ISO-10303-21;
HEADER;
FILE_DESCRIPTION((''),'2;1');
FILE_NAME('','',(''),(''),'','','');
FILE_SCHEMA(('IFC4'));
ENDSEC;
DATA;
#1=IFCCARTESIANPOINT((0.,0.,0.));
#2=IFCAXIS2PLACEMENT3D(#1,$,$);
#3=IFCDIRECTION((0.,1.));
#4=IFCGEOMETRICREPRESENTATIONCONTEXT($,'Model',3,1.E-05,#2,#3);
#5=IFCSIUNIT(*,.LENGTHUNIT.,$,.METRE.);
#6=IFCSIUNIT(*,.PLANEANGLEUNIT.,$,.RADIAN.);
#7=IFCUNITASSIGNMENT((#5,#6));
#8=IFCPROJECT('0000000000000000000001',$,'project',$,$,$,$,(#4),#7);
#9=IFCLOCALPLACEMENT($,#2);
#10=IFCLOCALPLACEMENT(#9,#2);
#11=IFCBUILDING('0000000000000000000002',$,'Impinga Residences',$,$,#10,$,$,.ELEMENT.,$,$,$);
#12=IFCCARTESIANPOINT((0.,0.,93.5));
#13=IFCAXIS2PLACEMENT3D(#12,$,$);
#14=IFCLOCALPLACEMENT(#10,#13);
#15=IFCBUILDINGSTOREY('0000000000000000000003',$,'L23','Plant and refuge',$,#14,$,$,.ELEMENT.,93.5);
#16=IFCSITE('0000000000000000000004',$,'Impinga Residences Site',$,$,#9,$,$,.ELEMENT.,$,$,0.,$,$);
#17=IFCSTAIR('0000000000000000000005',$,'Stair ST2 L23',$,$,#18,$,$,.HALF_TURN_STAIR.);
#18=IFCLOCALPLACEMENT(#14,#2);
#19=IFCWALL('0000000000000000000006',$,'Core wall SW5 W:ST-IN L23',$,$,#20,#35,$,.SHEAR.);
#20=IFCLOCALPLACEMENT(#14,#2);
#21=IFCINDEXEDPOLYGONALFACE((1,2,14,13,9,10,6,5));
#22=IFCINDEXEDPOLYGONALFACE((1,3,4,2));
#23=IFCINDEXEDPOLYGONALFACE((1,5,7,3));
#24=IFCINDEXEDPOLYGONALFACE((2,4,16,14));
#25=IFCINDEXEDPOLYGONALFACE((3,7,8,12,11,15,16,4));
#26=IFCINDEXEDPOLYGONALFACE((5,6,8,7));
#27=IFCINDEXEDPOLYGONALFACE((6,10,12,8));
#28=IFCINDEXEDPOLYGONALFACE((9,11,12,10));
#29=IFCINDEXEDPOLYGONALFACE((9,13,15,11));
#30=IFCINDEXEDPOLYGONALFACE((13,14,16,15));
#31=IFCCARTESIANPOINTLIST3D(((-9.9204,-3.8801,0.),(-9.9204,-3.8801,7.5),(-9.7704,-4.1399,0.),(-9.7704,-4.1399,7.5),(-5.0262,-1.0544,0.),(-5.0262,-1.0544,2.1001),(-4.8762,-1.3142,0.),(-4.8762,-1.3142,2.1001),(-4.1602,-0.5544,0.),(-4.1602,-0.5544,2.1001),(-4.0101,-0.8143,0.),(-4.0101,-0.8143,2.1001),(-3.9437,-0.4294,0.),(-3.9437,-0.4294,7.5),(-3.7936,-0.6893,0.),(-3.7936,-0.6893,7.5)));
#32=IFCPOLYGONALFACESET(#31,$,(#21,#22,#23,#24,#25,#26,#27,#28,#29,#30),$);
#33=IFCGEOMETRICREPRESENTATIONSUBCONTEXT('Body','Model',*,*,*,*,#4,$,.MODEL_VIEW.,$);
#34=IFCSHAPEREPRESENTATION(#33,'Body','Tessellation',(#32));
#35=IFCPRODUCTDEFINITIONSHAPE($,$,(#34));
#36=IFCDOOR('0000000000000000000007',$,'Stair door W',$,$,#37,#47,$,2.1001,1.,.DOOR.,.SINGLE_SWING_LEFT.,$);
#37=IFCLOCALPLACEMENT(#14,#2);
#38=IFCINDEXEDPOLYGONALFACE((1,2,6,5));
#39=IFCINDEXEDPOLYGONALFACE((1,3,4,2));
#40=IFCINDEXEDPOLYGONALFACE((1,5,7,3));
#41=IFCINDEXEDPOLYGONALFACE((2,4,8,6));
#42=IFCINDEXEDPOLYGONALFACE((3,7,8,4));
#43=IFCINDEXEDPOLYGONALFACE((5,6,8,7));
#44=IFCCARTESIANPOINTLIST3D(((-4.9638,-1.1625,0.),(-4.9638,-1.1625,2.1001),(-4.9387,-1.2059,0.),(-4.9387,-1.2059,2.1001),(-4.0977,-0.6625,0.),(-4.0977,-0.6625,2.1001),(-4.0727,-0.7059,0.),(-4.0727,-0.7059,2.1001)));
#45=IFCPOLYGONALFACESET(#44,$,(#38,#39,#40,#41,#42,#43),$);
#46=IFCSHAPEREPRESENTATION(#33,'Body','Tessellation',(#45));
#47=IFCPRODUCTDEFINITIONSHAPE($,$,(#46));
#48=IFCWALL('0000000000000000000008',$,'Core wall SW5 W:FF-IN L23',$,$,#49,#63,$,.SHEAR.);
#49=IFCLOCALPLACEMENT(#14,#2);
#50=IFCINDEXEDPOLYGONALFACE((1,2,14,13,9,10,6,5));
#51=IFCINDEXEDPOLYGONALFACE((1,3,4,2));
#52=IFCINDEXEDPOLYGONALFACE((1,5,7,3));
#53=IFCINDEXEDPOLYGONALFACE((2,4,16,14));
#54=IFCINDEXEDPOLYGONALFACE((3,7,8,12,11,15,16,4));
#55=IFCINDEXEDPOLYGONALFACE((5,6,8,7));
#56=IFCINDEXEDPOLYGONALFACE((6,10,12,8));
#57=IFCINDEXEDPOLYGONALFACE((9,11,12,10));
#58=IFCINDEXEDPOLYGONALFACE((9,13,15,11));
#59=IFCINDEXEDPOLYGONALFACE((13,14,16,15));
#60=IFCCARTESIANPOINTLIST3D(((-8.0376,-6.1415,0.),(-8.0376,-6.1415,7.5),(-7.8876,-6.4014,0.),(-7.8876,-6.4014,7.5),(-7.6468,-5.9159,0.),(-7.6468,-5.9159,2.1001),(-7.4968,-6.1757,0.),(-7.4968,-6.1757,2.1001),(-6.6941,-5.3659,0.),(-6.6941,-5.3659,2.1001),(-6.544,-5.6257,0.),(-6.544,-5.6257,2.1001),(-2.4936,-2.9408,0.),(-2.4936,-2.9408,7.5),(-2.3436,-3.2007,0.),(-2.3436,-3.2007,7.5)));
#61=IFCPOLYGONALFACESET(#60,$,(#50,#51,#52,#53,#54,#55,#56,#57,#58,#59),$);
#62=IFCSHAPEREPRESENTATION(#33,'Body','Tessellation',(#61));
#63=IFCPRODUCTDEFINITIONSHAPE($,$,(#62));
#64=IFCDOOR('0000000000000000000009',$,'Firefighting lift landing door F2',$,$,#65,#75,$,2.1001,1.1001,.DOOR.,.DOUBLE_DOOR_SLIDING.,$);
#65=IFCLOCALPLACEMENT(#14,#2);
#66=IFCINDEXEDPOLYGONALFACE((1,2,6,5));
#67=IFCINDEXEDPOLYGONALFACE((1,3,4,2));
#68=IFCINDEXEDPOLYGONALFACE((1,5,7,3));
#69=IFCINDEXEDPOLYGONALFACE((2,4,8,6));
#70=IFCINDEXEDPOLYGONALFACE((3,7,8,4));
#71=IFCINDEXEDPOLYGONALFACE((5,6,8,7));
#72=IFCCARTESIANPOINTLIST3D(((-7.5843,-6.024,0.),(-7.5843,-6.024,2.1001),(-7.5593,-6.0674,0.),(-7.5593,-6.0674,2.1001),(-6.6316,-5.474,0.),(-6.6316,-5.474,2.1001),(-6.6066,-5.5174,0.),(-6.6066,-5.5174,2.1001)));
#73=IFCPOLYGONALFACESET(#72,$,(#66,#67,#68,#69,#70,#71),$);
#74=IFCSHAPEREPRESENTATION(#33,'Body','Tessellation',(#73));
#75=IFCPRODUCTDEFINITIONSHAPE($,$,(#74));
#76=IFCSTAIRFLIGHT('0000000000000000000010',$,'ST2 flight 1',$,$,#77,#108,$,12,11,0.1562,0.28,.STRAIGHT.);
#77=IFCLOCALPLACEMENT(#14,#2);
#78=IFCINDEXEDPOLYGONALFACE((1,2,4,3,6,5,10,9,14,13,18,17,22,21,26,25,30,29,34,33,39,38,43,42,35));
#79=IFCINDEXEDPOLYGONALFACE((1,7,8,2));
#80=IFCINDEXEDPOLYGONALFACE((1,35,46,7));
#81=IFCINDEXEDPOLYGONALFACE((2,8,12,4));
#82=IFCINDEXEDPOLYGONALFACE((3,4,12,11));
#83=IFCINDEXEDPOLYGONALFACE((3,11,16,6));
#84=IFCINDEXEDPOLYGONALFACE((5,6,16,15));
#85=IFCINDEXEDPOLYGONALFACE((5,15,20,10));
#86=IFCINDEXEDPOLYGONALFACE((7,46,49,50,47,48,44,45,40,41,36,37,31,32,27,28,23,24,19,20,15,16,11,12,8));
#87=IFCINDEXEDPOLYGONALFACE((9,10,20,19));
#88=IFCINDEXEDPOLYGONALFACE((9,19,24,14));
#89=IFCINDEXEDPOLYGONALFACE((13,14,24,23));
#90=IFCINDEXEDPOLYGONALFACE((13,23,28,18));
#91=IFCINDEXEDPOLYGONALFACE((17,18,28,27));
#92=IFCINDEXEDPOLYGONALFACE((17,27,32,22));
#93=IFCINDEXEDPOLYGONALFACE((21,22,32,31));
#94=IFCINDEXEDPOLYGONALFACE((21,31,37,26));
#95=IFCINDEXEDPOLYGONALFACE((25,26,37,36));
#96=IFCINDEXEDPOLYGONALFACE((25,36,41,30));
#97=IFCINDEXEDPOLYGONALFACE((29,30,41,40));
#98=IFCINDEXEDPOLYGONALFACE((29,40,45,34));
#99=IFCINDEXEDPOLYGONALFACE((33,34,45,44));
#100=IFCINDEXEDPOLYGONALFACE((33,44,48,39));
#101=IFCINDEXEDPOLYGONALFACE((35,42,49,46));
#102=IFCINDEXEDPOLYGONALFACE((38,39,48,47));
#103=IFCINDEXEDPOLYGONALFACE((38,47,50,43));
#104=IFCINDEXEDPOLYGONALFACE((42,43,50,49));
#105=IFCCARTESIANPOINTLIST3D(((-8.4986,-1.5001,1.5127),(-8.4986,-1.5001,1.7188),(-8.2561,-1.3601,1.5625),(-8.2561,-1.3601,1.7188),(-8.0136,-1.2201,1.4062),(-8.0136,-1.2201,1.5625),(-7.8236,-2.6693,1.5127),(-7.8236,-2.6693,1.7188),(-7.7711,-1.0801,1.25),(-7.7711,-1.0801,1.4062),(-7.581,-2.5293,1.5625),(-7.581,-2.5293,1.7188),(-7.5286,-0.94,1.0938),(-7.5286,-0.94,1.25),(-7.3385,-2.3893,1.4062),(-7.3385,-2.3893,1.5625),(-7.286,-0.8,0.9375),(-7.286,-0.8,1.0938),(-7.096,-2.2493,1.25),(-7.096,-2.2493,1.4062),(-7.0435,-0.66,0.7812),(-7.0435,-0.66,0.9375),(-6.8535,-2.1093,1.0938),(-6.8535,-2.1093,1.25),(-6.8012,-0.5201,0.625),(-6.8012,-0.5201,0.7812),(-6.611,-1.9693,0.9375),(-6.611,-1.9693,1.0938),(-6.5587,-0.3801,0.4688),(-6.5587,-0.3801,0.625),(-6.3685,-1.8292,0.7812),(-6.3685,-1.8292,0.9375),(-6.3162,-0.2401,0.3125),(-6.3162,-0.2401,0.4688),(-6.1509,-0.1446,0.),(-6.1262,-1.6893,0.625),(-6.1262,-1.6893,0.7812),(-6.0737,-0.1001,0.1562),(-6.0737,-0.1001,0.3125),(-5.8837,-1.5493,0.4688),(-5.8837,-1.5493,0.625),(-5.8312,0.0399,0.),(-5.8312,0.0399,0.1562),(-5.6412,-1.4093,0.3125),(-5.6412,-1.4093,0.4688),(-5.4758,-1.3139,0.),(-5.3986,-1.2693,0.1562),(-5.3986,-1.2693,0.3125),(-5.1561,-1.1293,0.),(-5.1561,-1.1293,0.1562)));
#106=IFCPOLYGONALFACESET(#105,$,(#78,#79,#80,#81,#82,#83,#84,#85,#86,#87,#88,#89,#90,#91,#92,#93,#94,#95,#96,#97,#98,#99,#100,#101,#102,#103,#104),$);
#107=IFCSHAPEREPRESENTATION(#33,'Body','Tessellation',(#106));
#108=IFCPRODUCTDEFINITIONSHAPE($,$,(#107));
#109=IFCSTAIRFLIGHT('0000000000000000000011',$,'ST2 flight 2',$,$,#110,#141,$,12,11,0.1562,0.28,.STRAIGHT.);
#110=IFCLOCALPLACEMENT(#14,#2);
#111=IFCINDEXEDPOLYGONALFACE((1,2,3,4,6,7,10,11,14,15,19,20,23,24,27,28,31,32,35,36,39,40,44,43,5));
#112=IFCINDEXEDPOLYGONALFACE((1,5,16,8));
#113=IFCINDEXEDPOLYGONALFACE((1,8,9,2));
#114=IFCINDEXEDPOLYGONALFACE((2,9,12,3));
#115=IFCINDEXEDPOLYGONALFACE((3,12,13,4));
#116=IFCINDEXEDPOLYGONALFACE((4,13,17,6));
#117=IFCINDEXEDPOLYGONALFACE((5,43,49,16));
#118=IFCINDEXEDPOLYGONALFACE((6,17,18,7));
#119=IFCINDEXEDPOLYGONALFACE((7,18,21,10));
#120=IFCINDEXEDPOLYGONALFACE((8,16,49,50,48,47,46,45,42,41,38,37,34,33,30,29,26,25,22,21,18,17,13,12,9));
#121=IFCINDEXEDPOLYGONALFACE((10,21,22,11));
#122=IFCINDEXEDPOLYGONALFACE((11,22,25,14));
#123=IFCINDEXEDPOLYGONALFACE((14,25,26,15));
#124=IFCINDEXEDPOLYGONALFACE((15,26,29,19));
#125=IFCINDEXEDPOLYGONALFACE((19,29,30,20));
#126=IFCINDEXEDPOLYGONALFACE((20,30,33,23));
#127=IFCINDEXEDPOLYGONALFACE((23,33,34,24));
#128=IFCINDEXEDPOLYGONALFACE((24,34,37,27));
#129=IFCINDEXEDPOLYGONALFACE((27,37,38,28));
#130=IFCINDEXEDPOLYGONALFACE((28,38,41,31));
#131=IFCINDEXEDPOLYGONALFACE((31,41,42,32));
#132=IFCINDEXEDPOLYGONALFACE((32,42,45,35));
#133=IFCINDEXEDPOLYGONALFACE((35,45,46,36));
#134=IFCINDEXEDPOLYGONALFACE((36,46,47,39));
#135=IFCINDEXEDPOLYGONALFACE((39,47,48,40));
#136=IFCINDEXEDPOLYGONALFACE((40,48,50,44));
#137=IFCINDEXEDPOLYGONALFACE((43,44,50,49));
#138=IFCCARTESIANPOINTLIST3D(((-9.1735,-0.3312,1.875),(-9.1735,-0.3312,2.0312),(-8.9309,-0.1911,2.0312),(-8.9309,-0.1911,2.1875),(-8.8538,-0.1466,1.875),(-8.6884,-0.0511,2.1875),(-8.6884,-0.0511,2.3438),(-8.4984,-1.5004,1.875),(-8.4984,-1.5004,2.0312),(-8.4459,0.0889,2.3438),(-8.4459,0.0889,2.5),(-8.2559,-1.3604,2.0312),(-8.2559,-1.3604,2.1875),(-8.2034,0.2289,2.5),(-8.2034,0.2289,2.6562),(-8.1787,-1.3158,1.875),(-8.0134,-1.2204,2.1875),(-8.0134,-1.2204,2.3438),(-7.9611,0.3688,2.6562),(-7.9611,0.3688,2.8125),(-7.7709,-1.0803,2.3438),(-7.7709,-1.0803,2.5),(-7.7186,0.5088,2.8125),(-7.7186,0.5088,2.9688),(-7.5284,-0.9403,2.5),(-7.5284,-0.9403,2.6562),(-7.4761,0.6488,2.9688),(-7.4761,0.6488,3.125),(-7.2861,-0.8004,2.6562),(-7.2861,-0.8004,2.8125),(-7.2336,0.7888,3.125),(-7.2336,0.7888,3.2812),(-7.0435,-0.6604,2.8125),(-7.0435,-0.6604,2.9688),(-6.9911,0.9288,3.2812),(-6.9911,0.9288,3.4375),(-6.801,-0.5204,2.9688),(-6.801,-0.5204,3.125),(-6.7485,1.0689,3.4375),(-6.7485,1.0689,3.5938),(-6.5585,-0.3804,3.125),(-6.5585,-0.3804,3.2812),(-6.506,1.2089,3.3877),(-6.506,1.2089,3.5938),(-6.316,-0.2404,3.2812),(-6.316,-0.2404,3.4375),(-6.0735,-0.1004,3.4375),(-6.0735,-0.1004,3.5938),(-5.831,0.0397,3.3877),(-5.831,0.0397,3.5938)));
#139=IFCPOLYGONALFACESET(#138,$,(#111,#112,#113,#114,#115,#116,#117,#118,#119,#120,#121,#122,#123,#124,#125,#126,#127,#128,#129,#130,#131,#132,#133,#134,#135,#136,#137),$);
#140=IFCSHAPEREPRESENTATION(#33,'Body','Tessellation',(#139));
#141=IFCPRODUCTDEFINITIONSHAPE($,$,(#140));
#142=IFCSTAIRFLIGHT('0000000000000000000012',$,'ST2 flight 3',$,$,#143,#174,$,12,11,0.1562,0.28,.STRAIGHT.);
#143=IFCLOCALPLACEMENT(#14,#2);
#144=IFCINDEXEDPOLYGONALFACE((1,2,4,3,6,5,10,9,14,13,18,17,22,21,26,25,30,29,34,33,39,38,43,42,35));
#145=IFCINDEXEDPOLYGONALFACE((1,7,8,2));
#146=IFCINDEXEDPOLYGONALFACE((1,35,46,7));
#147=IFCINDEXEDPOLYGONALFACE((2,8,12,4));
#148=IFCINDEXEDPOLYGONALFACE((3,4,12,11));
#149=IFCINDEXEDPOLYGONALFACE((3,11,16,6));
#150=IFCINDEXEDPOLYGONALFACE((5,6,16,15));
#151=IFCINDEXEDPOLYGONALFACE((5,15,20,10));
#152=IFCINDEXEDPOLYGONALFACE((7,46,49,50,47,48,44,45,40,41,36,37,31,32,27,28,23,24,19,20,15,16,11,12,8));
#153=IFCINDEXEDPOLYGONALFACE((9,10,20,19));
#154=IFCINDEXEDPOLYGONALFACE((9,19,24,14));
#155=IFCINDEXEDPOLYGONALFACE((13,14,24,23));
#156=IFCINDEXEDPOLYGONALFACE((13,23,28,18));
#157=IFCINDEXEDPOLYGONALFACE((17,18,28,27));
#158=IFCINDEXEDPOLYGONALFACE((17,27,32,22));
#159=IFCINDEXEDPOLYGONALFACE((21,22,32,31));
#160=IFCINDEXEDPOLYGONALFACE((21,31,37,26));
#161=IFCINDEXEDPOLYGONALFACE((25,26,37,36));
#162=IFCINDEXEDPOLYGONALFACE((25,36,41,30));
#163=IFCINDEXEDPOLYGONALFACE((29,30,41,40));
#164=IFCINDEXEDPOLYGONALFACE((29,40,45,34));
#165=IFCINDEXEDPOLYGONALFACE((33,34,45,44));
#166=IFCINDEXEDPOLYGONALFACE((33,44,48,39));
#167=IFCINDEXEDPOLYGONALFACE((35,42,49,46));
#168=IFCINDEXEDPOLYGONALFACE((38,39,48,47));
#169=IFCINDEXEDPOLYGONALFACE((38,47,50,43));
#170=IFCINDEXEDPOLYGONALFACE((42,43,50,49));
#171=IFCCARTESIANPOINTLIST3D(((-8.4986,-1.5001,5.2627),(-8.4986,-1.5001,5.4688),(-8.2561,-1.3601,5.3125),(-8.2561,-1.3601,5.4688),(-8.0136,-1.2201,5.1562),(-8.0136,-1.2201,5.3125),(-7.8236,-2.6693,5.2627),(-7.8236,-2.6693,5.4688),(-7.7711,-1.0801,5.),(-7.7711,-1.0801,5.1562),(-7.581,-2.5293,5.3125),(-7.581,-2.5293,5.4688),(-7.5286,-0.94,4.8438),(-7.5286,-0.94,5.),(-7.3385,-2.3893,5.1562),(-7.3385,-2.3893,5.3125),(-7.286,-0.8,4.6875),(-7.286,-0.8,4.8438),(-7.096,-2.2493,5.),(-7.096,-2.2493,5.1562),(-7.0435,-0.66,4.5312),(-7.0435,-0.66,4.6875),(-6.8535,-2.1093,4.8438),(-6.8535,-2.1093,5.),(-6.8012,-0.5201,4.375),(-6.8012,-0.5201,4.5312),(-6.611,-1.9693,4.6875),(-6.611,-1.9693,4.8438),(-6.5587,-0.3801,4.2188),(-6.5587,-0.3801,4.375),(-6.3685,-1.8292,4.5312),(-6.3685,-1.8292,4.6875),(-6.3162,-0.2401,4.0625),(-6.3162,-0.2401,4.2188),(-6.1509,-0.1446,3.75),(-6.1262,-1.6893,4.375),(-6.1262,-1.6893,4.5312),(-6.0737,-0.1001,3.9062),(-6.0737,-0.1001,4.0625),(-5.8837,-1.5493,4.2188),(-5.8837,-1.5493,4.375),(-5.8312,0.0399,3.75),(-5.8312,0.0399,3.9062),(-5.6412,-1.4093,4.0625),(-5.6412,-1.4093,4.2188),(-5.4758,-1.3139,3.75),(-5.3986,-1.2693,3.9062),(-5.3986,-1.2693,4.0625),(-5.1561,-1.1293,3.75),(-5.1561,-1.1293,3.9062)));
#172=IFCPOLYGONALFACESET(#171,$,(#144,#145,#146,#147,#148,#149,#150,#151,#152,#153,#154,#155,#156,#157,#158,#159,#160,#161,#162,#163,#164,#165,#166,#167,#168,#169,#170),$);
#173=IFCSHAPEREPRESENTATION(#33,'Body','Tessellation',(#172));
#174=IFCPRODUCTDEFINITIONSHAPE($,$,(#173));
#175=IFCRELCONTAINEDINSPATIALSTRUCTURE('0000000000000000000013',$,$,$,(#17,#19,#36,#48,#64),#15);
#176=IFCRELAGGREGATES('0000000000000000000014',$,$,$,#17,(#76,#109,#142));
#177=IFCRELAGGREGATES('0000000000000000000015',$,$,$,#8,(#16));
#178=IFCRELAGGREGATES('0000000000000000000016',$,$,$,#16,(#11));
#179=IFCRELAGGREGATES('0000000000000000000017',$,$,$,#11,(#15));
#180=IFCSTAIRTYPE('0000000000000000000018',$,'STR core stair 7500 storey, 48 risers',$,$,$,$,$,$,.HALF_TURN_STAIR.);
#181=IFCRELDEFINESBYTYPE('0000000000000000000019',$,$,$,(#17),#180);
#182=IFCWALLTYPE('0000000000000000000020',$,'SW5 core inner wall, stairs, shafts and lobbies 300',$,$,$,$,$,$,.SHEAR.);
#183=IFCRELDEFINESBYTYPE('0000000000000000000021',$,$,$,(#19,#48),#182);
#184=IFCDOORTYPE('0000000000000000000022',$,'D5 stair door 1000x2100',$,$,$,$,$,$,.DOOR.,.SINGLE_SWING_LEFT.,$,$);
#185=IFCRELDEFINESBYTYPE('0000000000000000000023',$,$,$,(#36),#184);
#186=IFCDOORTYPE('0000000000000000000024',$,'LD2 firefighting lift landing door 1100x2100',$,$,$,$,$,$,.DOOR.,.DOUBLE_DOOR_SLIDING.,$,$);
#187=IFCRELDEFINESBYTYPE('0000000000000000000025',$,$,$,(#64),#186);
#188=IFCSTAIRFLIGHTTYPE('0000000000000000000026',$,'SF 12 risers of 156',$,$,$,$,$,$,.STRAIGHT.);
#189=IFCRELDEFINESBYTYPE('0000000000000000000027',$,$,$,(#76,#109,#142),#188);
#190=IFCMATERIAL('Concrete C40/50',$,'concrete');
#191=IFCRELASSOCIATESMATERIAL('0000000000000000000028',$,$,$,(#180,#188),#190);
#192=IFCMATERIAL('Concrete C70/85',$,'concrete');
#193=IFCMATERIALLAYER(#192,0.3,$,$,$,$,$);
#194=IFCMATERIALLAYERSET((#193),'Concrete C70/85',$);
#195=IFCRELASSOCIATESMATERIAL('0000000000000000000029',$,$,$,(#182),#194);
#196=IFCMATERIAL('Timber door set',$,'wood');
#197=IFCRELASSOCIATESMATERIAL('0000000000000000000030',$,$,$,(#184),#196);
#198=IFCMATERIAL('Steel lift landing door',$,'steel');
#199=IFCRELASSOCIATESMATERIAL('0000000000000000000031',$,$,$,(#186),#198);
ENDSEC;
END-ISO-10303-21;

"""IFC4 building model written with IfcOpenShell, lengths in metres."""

from ifc_helpers import new_model, si_unit, direction, frame, frame_2d, origin, place, context, subcontext, project, spatial, polyline, rectangle, outline, extrude, material, layer, layer_set, type_object, element, fill, aggregate, save


model = new_model("IFC4")

# Units and contexts
model_context = context("Model", 3, precision=1e-05, world=origin(), true_north=direction((0.0, 1.0)))
body_context = subcontext(model_context, "Body", "Model", "MODEL_VIEW")
ifc_project = project(units=[si_unit("LENGTHUNIT", "METRE"), si_unit("PLANEANGLEUNIT", "RADIAN")], contexts=[model_context])

# Site, building, storey
site_placement = place(None, origin())
site = spatial("IfcSite", under=ifc_project, at=site_placement, Name="Impinga Residences Site", CompositionType="ELEMENT", RefElevation=0.0)
building_placement = place(site_placement, origin())
building = spatial("IfcBuilding", under=site, at=building_placement, Name="Impinga Residences", CompositionType="ELEMENT")
storey_placement = place(building_placement, frame((0.0, 0.0, 93.5)))
storey = spatial("IfcBuildingStorey", under=building, at=storey_placement, Name="L23", Description="Plant and refuge", CompositionType="ELEMENT", Elevation=93.5)

# Stair
ifc_material_1 = material(Name="Concrete C40/50", Category="concrete")
stair_type = type_object("IfcStairType", Name="STR core stair 7500 storey, 48 risers", PredefinedType="HALF_TURN_STAIR", material=ifc_material_1)
stair_1_placement = place(storey_placement, origin())
stair_1 = element("IfcStair", 1, at=stair_1_placement, inside=storey, type_object=stair_type, Name="Stair ST2 L23", PredefinedType="HALF_TURN_STAIR")

# Walls, openings, doors
ifc_material_2 = material(Name="Concrete C70/85", Category="concrete")
ifc_layer_1 = layer(ifc_material_2, 0.3)
ifc_layer_set_1 = layer_set([ifc_layer_1], Name="Concrete C70/85")
wall_type_1 = type_object("IfcWallType", Name="SW5 core inner wall, stairs, shafts and lobbies 300", PredefinedType="SHEAR", material=ifc_layer_set_1)
wall_1_placement = place(storey_placement, frame((-3.8687, -0.5593, 0.0), z_axis=(0.0, 0.0, 1.0), x_axis=(-0.866027, -0.499997, 0.0)))
wall_1 = element("IfcWall", 2, at=wall_1_placement, inside=storey, type_object=wall_type_1, Name="Core wall SW5 W:ST-IN L23", PredefinedType="SHEAR", context=body_context, shape_type="SweptSolid", body=[
    extrude(rectangle(XDim=6.9014, YDim=0.3, at=frame_2d((3.4507, 0.0))), origin(), (0.0, 0.0, 1.0), 7.5),
])
opening_1_placement = place(wall_1_placement, frame((0.25, 0.0, 0.0)))
opening_1 = element("IfcOpeningElement", 3, at=opening_1_placement, cuts=wall_1, PredefinedType="OPENING", context=body_context, shape_type="SweptSolid", body=[
    extrude(rectangle(XDim=1.0, YDim=2.1001, at=frame_2d((0.5, 1.05))), frame((0.0, 0.1599, 0.0), z_axis=(0.0, -1.0, 0.0), x_axis=(1.0, 0.0, 0.0)), (0.0, 0.0, 1.0), 0.3201),
])
ifc_material_3 = material(Name="Timber door set", Category="wood")
door_type_1 = type_object("IfcDoorType", Name="D5 stair door 1000x2100", OperationType="SINGLE_SWING_LEFT", PredefinedType="DOOR", material=ifc_material_3)
door_1_placement = place(opening_1_placement, origin())
door_1 = element("IfcDoor", 4, at=door_1_placement, inside=storey, type_object=door_type_1, Name="Stair door W", OperationType="SINGLE_SWING_LEFT", OverallHeight=2.1001, OverallWidth=1.0, PredefinedType="DOOR", context=body_context, shape_type="SweptSolid", body=[
    extrude(rectangle(XDim=1.0, YDim=2.1001, at=frame_2d((0.5, 1.05))), frame((0.0, 0.0249, 0.0), z_axis=(0.0, -1.0, 0.0), x_axis=(1.0, 0.0, 0.0)), (0.0, 0.0, 1.0), 0.05),
])
fill(opening_1, door_1)
wall_2_placement = place(storey_placement, frame((-2.4187, -3.0708, 0.0), z_axis=(0.0, 0.0, 1.0), x_axis=(-0.866033, -0.499987, 0.0)))
wall_2 = element("IfcWall", 5, at=wall_2_placement, inside=storey, type_object=wall_type_1, Name="Core wall SW5 W:FF-IN L23", PredefinedType="SHEAR", context=body_context, shape_type="SweptSolid", body=[
    extrude(rectangle(XDim=6.4016, YDim=0.3, at=frame_2d((3.2007, 0.0))), origin(), (0.0, 0.0, 1.0), 7.5),
])
opening_2_placement = place(wall_2_placement, frame((4.8501, 0.0, 0.0)))
opening_2 = element("IfcOpeningElement", 6, at=opening_2_placement, cuts=wall_2, PredefinedType="OPENING", context=body_context, shape_type="SweptSolid", body=[
    extrude(rectangle(XDim=1.1001, YDim=2.1001, at=frame_2d((0.55, 1.05))), frame((0.0, 0.1599, 0.0), z_axis=(0.0, -1.0, 0.0), x_axis=(1.0, 0.0, 0.0)), (0.0, 0.0, 1.0), 0.3201),
])
ifc_material_4 = material(Name="Steel lift landing door", Category="steel")
door_type_2 = type_object("IfcDoorType", Name="LD2 firefighting lift landing door 1100x2100", OperationType="DOUBLE_DOOR_SLIDING", PredefinedType="DOOR", material=ifc_material_4)
door_2_placement = place(opening_2_placement, origin())
door_2 = element("IfcDoor", 7, at=door_2_placement, inside=storey, type_object=door_type_2, Name="Firefighting lift landing door F2", OperationType="DOUBLE_DOOR_SLIDING", OverallHeight=2.1001, OverallWidth=1.1001, PredefinedType="DOOR", context=body_context, shape_type="SweptSolid", body=[
    extrude(rectangle(XDim=1.1001, YDim=2.1001, at=frame_2d((0.55, 1.05))), frame((0.0, 0.0249, 0.0), z_axis=(0.0, -1.0, 0.0), x_axis=(1.0, 0.0, 0.0)), (0.0, 0.0, 1.0), 0.05),
])
fill(opening_2, door_2)

# Stair flights
stair_flight_type = type_object("IfcStairFlightType", Name="SF 12 risers of 156", PredefinedType="STRAIGHT", material=ifc_material_1)
stair_flight_1_placement = place(storey_placement, frame((-5.4937, -0.5447, 0.0), z_axis=(0.0, 0.0, 1.0), x_axis=(-0.866025, -0.5, 0.0)))
stair_flight_1 = element("IfcStairFlight", 8, at=stair_flight_1_placement, type_object=stair_flight_type, Name="ST2 flight 1", NumberOfRisers=12, NumberOfTreads=11, PredefinedType="STRAIGHT", RiserHeight=0.1562, TreadLength=0.28, context=body_context, shape_type="SweptSolid", body=[
    extrude(outline(polyline([(0.0, 0.0), (0.0, 0.1562), (0.28, 0.1562), (0.28, 0.3125), (0.5601, 0.3125), (0.5601, 0.4688), (0.8401, 0.4688), (0.8401, 0.625), (1.1201, 0.625), (1.1201, 0.7812), (1.3999, 0.7812), (1.3999, 0.9375), (1.6799, 0.9375), (1.6799, 1.0938), (1.96, 1.0938), (1.96, 1.25), (2.24, 1.25), (2.24, 1.4062), (2.52, 1.4062), (2.52, 1.5625), (2.8, 1.5625), (2.8, 1.7188), (3.0801, 1.7188), (3.0801, 1.875), (3.0801, 1.5127), (0.3691, 0.0), (0.0, 0.0)])), frame((0.0, 0.675, 0.0), z_axis=(0.0, -1.0, 0.0), x_axis=(1.0, 0.0, 0.0)), (0.0, 0.0, 1.0), 1.3501),
])
stair_flight_2_placement = place(storey_placement, frame((-8.8359, -0.9158, 1.875), z_axis=(0.0, 0.0, 1.0), x_axis=(0.866025, 0.5, 0.0)))
stair_flight_2 = element("IfcStairFlight", 9, at=stair_flight_2_placement, type_object=stair_flight_type, Name="ST2 flight 2", NumberOfRisers=12, NumberOfTreads=11, PredefinedType="STRAIGHT", RiserHeight=0.1562, TreadLength=0.28, context=body_context, shape_type="SweptSolid", body=[
    extrude(outline(polyline([(0.0, 0.0), (0.0, 0.1562), (0.28, 0.1562), (0.28, 0.3125), (0.5601, 0.3125), (0.5601, 0.4688), (0.8401, 0.4688), (0.8401, 0.625), (1.1201, 0.625), (1.1201, 0.7812), (1.3999, 0.7812), (1.3999, 0.9375), (1.6799, 0.9375), (1.6799, 1.0938), (1.96, 1.0938), (1.96, 1.25), (2.24, 1.25), (2.24, 1.4062), (2.52, 1.4062), (2.52, 1.5625), (2.8, 1.5625), (2.8, 1.7188), (3.0801, 1.7188), (3.0801, 1.875), (3.0801, 1.5127), (0.3691, 0.0), (0.0, 0.0)])), frame((0.0, 0.675, 0.0), z_axis=(0.0, -1.0, 0.0), x_axis=(1.0, 0.0, 0.0)), (0.0, 0.0, 1.0), 1.3501),
])
stair_flight_3_placement = place(storey_placement, frame((-5.4937, -0.5447, 3.75), z_axis=(0.0, 0.0, 1.0), x_axis=(-0.866025, -0.5, 0.0)))
stair_flight_3 = element("IfcStairFlight", 10, at=stair_flight_3_placement, type_object=stair_flight_type, Name="ST2 flight 3", NumberOfRisers=12, NumberOfTreads=11, PredefinedType="STRAIGHT", RiserHeight=0.1562, TreadLength=0.28, context=body_context, shape_type="SweptSolid", body=[
    extrude(outline(polyline([(0.0, 0.0), (0.0, 0.1562), (0.28, 0.1562), (0.28, 0.3125), (0.5601, 0.3125), (0.5601, 0.4688), (0.8401, 0.4688), (0.8401, 0.625), (1.1201, 0.625), (1.1201, 0.7812), (1.3999, 0.7812), (1.3999, 0.9375), (1.6799, 0.9375), (1.6799, 1.0938), (1.96, 1.0938), (1.96, 1.25), (2.24, 1.25), (2.24, 1.4062), (2.52, 1.4062), (2.52, 1.5625), (2.8, 1.5625), (2.8, 1.7188), (3.0801, 1.7188), (3.0801, 1.875), (3.0801, 1.5127), (0.3691, 0.0), (0.0, 0.0)])), frame((0.0, 0.675, 0.0), z_axis=(0.0, -1.0, 0.0), x_axis=(1.0, 0.0, 0.0)), (0.0, 0.0, 1.0), 1.3501),
])
aggregate(stair_1, [stair_flight_1, stair_flight_2, stair_flight_3])

save(model, "model.ifc")
